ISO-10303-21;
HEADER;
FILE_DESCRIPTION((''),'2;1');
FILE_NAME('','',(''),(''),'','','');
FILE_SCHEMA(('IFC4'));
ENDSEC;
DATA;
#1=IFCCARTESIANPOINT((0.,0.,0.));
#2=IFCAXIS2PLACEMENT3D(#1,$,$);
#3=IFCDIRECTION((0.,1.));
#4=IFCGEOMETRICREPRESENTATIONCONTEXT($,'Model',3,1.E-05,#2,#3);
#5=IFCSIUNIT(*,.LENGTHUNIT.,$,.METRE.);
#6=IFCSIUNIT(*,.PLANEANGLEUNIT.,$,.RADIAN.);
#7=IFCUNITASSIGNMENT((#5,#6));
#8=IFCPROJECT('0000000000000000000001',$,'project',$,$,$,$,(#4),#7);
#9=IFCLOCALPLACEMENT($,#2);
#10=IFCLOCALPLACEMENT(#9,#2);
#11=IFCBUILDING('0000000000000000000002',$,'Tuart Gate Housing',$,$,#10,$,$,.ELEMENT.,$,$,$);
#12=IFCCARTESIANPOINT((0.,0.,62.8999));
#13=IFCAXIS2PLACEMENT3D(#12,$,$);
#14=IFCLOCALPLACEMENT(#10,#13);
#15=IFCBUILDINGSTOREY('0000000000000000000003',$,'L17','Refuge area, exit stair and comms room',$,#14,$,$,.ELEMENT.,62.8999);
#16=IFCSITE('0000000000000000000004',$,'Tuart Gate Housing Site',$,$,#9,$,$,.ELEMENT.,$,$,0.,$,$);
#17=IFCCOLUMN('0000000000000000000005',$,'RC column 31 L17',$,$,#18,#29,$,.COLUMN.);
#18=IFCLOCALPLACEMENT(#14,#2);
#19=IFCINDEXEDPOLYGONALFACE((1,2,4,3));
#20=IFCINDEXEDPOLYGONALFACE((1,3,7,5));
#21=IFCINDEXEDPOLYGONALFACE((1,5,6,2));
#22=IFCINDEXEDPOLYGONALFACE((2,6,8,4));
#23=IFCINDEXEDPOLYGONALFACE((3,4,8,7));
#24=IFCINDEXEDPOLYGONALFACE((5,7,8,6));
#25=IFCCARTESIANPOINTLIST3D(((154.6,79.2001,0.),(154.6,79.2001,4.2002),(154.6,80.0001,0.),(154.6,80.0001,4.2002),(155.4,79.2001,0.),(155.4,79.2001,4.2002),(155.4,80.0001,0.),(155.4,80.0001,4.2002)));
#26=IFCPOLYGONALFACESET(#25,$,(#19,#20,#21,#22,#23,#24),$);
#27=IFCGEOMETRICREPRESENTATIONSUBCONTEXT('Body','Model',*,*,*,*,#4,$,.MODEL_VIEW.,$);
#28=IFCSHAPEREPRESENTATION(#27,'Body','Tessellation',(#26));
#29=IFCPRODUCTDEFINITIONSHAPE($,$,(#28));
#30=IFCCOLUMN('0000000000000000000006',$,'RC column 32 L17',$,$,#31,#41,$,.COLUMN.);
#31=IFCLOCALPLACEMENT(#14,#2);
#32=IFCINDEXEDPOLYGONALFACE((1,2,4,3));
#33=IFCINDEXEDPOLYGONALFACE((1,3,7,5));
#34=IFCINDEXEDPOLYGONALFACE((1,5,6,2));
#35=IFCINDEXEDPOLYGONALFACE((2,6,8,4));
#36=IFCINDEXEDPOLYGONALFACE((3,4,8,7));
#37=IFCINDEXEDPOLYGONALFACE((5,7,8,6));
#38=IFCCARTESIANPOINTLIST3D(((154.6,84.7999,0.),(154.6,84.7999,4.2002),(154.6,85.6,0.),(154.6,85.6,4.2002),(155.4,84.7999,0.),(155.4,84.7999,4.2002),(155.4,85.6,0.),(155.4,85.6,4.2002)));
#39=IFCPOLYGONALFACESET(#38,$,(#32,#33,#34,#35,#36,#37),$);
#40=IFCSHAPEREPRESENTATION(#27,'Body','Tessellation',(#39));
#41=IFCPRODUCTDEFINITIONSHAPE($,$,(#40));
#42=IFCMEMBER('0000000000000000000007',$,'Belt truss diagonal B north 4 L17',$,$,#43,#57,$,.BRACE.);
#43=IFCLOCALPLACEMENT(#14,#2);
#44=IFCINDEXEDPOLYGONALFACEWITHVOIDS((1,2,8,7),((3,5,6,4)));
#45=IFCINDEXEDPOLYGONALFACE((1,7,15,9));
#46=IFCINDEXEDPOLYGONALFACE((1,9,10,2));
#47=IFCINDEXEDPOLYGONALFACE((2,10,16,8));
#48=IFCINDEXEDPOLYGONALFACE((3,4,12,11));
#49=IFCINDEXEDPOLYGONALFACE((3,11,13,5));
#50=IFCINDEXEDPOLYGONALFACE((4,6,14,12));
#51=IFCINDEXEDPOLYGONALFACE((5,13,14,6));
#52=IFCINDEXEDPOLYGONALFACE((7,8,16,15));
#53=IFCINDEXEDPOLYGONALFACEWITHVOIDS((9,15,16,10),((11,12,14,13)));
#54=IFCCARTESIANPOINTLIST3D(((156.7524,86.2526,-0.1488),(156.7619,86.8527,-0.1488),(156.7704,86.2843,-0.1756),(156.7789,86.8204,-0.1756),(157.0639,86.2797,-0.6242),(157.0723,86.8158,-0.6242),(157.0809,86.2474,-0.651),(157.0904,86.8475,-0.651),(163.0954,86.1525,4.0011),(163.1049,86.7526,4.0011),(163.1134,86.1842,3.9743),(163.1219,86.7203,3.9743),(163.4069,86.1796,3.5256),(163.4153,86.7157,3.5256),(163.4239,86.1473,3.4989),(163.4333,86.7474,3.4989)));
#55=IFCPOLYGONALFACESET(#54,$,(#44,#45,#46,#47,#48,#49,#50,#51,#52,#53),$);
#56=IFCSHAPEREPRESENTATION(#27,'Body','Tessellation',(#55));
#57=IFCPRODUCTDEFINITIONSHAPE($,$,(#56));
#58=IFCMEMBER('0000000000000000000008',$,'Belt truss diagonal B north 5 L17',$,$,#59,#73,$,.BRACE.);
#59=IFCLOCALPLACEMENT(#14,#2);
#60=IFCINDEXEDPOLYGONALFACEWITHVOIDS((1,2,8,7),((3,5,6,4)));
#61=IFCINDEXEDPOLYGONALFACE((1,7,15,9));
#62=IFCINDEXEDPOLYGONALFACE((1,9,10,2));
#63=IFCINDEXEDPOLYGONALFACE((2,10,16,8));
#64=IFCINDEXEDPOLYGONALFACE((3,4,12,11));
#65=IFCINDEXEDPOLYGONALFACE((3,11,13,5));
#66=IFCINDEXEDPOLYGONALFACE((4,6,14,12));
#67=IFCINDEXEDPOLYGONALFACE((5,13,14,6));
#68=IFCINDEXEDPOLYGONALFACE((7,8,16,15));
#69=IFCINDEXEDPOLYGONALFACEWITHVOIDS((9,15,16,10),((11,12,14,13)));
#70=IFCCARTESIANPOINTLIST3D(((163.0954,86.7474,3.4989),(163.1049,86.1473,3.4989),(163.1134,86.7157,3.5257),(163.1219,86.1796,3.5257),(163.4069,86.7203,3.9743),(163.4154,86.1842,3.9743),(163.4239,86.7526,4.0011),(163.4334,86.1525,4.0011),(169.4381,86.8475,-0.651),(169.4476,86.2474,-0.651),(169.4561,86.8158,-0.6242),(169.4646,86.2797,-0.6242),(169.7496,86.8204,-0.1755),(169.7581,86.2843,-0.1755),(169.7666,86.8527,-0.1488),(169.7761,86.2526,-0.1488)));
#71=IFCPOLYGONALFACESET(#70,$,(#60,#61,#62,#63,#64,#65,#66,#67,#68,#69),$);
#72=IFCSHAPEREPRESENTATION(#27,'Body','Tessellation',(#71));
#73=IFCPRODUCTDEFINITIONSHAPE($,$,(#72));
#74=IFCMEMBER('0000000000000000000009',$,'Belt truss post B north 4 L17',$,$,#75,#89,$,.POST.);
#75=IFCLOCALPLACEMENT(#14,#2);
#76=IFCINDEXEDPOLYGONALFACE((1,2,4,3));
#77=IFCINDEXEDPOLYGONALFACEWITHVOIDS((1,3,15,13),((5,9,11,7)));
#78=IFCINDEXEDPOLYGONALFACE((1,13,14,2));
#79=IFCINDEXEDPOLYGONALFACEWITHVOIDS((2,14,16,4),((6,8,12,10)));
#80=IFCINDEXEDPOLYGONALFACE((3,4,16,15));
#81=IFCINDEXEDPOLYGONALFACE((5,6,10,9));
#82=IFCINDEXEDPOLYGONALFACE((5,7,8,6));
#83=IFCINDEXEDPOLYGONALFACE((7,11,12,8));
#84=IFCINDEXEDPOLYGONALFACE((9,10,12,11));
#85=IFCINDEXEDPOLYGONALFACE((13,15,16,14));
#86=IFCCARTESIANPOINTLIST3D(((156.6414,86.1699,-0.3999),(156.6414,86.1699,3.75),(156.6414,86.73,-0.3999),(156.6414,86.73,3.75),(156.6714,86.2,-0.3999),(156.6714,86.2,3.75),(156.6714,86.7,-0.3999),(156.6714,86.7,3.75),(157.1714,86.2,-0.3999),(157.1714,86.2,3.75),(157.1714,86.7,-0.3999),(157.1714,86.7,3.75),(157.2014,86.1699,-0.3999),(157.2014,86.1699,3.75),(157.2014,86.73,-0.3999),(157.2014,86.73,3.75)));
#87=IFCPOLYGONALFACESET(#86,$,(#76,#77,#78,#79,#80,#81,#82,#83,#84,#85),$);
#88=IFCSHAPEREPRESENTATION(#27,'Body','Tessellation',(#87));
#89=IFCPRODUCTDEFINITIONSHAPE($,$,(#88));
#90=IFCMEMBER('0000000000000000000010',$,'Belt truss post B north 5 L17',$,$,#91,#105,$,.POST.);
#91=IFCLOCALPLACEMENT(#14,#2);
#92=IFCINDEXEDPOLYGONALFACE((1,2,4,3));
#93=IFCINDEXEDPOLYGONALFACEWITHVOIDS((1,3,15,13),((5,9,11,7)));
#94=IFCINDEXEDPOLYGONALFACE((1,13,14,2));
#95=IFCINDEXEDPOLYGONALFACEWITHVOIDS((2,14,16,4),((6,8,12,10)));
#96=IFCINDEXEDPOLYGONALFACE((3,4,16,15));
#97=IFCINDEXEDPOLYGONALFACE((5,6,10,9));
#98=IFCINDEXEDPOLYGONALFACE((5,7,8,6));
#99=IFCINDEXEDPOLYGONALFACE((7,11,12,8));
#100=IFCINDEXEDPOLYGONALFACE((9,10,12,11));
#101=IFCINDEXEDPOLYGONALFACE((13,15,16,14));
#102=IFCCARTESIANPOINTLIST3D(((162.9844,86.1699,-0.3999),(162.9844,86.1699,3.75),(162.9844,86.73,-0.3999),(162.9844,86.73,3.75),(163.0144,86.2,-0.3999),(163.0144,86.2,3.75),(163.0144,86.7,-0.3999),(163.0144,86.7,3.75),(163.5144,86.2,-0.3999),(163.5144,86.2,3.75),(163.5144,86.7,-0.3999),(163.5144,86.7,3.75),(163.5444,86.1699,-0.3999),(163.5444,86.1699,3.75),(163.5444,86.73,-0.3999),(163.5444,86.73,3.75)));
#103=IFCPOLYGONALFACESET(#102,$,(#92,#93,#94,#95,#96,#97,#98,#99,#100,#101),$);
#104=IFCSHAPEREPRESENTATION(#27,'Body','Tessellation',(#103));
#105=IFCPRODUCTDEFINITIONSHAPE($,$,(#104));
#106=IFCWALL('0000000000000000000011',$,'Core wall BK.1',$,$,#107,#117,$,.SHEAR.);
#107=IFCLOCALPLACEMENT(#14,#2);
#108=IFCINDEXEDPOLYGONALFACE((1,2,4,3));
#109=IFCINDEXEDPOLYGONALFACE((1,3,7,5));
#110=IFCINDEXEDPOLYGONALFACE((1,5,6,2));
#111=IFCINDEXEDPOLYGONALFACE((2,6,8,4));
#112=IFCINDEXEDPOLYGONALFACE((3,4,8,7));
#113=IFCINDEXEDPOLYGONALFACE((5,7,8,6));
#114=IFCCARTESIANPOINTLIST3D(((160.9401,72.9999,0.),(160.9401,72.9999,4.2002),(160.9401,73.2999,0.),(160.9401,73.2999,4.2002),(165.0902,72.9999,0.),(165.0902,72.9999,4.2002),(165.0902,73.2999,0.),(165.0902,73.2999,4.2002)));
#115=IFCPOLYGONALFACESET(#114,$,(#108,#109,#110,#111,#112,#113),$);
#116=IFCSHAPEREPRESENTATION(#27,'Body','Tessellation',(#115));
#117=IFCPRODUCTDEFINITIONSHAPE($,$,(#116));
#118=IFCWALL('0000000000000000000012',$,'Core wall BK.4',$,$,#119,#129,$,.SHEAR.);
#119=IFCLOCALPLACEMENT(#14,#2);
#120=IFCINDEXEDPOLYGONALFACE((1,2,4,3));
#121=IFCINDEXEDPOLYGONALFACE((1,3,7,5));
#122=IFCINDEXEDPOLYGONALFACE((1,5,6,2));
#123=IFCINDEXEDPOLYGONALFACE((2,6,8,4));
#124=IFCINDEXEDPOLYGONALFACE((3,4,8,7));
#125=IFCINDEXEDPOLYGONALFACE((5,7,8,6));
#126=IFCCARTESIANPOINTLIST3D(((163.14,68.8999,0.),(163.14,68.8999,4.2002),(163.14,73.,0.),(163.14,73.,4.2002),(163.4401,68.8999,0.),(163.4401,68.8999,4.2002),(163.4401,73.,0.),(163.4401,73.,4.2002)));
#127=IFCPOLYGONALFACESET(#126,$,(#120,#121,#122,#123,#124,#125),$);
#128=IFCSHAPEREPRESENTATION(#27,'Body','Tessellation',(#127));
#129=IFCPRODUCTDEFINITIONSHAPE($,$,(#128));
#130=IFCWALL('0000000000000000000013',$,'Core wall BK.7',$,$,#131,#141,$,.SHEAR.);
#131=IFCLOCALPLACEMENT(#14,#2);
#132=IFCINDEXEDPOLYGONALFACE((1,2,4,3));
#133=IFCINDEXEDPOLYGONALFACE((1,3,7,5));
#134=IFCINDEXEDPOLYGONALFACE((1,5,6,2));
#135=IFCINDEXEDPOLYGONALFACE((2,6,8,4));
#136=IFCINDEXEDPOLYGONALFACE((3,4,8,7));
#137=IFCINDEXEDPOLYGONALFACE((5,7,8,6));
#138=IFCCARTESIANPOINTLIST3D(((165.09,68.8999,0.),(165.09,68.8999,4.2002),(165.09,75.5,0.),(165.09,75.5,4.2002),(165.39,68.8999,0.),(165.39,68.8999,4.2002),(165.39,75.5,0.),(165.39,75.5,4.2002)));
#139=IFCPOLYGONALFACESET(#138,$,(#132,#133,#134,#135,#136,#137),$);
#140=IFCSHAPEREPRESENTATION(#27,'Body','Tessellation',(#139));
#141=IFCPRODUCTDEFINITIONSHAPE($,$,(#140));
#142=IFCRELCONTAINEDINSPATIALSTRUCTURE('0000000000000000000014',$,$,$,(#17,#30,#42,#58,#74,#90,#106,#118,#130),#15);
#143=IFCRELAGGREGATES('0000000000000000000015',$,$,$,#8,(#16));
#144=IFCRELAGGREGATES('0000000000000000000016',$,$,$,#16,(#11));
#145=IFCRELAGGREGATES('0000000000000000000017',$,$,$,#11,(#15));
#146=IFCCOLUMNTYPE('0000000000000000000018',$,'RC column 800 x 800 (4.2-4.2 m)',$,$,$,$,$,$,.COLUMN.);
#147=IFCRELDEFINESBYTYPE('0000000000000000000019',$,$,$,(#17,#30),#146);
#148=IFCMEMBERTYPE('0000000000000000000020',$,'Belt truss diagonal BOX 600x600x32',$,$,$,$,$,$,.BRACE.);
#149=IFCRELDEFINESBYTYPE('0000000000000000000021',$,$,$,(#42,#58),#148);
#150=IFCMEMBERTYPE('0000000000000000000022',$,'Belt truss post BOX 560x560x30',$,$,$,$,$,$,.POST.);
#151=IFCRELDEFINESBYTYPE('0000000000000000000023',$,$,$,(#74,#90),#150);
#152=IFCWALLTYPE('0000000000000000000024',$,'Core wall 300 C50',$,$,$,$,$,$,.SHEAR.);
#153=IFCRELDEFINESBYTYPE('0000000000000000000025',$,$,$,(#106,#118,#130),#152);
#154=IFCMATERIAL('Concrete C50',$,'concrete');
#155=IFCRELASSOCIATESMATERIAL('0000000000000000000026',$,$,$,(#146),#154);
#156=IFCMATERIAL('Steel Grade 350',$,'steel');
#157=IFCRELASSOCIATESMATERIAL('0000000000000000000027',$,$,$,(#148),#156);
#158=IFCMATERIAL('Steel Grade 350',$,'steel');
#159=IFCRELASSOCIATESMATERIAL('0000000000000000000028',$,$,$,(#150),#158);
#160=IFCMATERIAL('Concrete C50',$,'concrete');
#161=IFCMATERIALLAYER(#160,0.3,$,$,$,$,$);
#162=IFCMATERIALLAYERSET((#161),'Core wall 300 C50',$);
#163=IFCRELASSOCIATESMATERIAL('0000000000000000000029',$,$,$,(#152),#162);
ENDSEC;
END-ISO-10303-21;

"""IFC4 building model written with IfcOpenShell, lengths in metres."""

from ifc_helpers import new_model, si_unit, direction, frame, frame_2d, origin, origin_2d, place, context, subcontext, project, spatial, rectangle, hollow_rectangle, extrude, material, layer, layer_set, material_profile, profile_set, type_object, element, save


model = new_model("IFC4")

# Units and contexts
model_context = context("Model", 3, precision=1e-05, world=origin(), true_north=direction((0.0, 1.0)))
body_context = subcontext(model_context, "Body", "Model", "MODEL_VIEW")
ifc_project = project(units=[si_unit("LENGTHUNIT", "METRE"), si_unit("PLANEANGLEUNIT", "RADIAN")], contexts=[model_context])

# Site, building, storey
site_placement = place(None, origin())
site = spatial("IfcSite", under=ifc_project, at=site_placement, Name="Tuart Gate Housing Site", CompositionType="ELEMENT", RefElevation=0.0)
building_placement = place(site_placement, origin())
building = spatial("IfcBuilding", under=site, at=building_placement, Name="Tuart Gate Housing", CompositionType="ELEMENT")
storey_placement = place(building_placement, frame((0.0, 0.0, 62.8999)))
storey = spatial("IfcBuildingStorey", under=building, at=storey_placement, Name="L17", Description="Refuge area, exit stair and comms room", CompositionType="ELEMENT", Elevation=62.8999)

# Columns
ifc_material_1 = material(Name="Concrete C50", Category="concrete")
ifc_material_profile_1 = material_profile(ifc_material_1, rectangle(XDim=0.8, YDim=0.8, at=origin_2d()), Name="RC column 800 x 800 (4.2-4.2 m)")
ifc_profile_set_1 = profile_set([ifc_material_profile_1], Name="Concrete C50")
column_type = type_object("IfcColumnType", Name="RC column 800 x 800 (4.2-4.2 m)", PredefinedType="COLUMN", material=ifc_profile_set_1)
for number, where, z_axis, x_axis, name in (
    (1, (155.0, 79.6001, 0.0), (0.0, 0.0, 1.0), (1.0, 0.0, 0.0), "RC column 31 L17"),
    (2, (155.0, 85.2, 0.0), (0.0, 0.0, 1.0), (1.0, 0.0, 0.0), "RC column 32 L17"),
):
    element("IfcColumn", number, at=place(storey_placement, frame(where, z_axis=z_axis, x_axis=x_axis)), inside=storey, type_object=column_type, Name=name, PredefinedType="COLUMN", context=body_context, shape_type="SweptSolid", body=[
        extrude(rectangle(XDim=0.8, YDim=0.8, at=origin_2d()), origin(), (0.0, 0.0, 1.0), 4.2002),
    ])

# Members
ifc_material_2 = material(Name="Steel Grade 350", Category="steel")
ifc_material_profile_2 = material_profile(ifc_material_2, hollow_rectangle(XDim=0.6001, YDim=0.6001, WallThickness=0.032, at=origin_2d()), Name="BOX 600x600x32")
ifc_profile_set_2 = profile_set([ifc_material_profile_2], Name="Steel Grade 350")
member_type_1 = type_object("IfcMemberType", Name="Belt truss diagonal BOX 600x600x32", PredefinedType="BRACE", material=ifc_profile_set_2)
member_1_placement = place(storey_placement, frame((156.9214, 86.55, -0.3999), z_axis=(0.836743, -0.013204, 0.547437), x_axis=(0.015779, 0.999876, 0.0)))
element("IfcMember", 3, at=member_1_placement, inside=storey, type_object=member_type_1, Name="Belt truss diagonal B north 4 L17", PredefinedType="BRACE", context=body_context, shape_type="SweptSolid", body=[
    extrude(hollow_rectangle(XDim=0.6001, YDim=0.6001, WallThickness=0.032, at=origin_2d()), origin(), (0.0, 0.0, 1.0), 7.5806),
])
member_2_placement = place(storey_placement, frame((163.2644, 86.45, 3.75), z_axis=(0.836733, 0.013205, -0.547452), x_axis=(-0.015779, 0.999875, 0.0)))
element("IfcMember", 4, at=member_2_placement, inside=storey, type_object=member_type_1, Name="Belt truss diagonal B north 5 L17", PredefinedType="BRACE", context=body_context, shape_type="SweptSolid", body=[
    extrude(hollow_rectangle(XDim=0.6001, YDim=0.6001, WallThickness=0.032, at=origin_2d()), origin(), (0.0, 0.0, 1.0), 7.5803),
])
ifc_material_3 = material(Name="Steel Grade 350", Category="steel")
ifc_material_profile_3 = material_profile(ifc_material_3, hollow_rectangle(XDim=0.5601, YDim=0.5601, WallThickness=0.03, at=origin_2d()), Name="BOX 560x560x30")
ifc_profile_set_3 = profile_set([ifc_material_profile_3], Name="Steel Grade 350")
member_type_2 = type_object("IfcMemberType", Name="Belt truss post BOX 560x560x30", PredefinedType="POST", material=ifc_profile_set_3)
for number, where, z_axis, x_axis, name in (
    (5, (156.9214, 86.45, -0.3999), (0.0, 0.0, 1.0), (1.0, 0.0, 0.0), "Belt truss post B north 4 L17"),
    (6, (163.2644, 86.45, -0.3999), (0.0, 0.0, 1.0), (1.0, 0.0, 0.0), "Belt truss post B north 5 L17"),
):
    element("IfcMember", number, at=place(storey_placement, frame(where, z_axis=z_axis, x_axis=x_axis)), inside=storey, type_object=member_type_2, Name=name, PredefinedType="POST", context=body_context, shape_type="SweptSolid", body=[
        extrude(hollow_rectangle(XDim=0.5601, YDim=0.5601, WallThickness=0.03, at=origin_2d()), origin(), (0.0, 0.0, 1.0), 4.1499),
    ])

# Walls
ifc_material_4 = material(Name="Concrete C50", Category="concrete")
ifc_layer_1 = layer(ifc_material_4, 0.3)
ifc_layer_set_1 = layer_set([ifc_layer_1], Name="Core wall 300 C50")
wall_type_1 = type_object("IfcWallType", Name="Core wall 300 C50", PredefinedType="SHEAR", material=ifc_layer_set_1)
wall_1_placement = place(storey_placement, frame((160.9399, 73.1499, 0.0), z_axis=(0.0, 0.0, 1.0), x_axis=(1.0, 0.0, 0.0)))
element("IfcWall", 7, at=wall_1_placement, inside=storey, type_object=wall_type_1, Name="Core wall BK.1", PredefinedType="SHEAR", context=body_context, shape_type="SweptSolid", body=[
    extrude(rectangle(XDim=4.1501, YDim=0.3, at=frame_2d((2.0752, 0.0))), origin(), (0.0, 0.0, 1.0), 4.2002),
])
wall_2_placement = place(storey_placement, frame((163.29, 73.0, 0.0), z_axis=(0.0, 0.0, 1.0), x_axis=(0.0, -1.0, 0.0)))
element("IfcWall", 8, at=wall_2_placement, inside=storey, type_object=wall_type_1, Name="Core wall BK.4", PredefinedType="SHEAR", context=body_context, shape_type="SweptSolid", body=[
    extrude(rectangle(XDim=4.1001, YDim=0.3, at=frame_2d((2.05, 0.0))), origin(), (0.0, 0.0, 1.0), 4.2002),
])
wall_3_placement = place(storey_placement, frame((165.24, 75.5, 0.0), z_axis=(0.0, 0.0, 1.0), x_axis=(0.0, -1.0, 0.0)))
element("IfcWall", 9, at=wall_3_placement, inside=storey, type_object=wall_type_1, Name="Core wall BK.7", PredefinedType="SHEAR", context=body_context, shape_type="SweptSolid", body=[
    extrude(rectangle(XDim=6.6001, YDim=0.3, at=frame_2d((3.3, 0.0))), origin(), (0.0, 0.0, 1.0), 4.2002),
])

save(model, "model.ifc")
